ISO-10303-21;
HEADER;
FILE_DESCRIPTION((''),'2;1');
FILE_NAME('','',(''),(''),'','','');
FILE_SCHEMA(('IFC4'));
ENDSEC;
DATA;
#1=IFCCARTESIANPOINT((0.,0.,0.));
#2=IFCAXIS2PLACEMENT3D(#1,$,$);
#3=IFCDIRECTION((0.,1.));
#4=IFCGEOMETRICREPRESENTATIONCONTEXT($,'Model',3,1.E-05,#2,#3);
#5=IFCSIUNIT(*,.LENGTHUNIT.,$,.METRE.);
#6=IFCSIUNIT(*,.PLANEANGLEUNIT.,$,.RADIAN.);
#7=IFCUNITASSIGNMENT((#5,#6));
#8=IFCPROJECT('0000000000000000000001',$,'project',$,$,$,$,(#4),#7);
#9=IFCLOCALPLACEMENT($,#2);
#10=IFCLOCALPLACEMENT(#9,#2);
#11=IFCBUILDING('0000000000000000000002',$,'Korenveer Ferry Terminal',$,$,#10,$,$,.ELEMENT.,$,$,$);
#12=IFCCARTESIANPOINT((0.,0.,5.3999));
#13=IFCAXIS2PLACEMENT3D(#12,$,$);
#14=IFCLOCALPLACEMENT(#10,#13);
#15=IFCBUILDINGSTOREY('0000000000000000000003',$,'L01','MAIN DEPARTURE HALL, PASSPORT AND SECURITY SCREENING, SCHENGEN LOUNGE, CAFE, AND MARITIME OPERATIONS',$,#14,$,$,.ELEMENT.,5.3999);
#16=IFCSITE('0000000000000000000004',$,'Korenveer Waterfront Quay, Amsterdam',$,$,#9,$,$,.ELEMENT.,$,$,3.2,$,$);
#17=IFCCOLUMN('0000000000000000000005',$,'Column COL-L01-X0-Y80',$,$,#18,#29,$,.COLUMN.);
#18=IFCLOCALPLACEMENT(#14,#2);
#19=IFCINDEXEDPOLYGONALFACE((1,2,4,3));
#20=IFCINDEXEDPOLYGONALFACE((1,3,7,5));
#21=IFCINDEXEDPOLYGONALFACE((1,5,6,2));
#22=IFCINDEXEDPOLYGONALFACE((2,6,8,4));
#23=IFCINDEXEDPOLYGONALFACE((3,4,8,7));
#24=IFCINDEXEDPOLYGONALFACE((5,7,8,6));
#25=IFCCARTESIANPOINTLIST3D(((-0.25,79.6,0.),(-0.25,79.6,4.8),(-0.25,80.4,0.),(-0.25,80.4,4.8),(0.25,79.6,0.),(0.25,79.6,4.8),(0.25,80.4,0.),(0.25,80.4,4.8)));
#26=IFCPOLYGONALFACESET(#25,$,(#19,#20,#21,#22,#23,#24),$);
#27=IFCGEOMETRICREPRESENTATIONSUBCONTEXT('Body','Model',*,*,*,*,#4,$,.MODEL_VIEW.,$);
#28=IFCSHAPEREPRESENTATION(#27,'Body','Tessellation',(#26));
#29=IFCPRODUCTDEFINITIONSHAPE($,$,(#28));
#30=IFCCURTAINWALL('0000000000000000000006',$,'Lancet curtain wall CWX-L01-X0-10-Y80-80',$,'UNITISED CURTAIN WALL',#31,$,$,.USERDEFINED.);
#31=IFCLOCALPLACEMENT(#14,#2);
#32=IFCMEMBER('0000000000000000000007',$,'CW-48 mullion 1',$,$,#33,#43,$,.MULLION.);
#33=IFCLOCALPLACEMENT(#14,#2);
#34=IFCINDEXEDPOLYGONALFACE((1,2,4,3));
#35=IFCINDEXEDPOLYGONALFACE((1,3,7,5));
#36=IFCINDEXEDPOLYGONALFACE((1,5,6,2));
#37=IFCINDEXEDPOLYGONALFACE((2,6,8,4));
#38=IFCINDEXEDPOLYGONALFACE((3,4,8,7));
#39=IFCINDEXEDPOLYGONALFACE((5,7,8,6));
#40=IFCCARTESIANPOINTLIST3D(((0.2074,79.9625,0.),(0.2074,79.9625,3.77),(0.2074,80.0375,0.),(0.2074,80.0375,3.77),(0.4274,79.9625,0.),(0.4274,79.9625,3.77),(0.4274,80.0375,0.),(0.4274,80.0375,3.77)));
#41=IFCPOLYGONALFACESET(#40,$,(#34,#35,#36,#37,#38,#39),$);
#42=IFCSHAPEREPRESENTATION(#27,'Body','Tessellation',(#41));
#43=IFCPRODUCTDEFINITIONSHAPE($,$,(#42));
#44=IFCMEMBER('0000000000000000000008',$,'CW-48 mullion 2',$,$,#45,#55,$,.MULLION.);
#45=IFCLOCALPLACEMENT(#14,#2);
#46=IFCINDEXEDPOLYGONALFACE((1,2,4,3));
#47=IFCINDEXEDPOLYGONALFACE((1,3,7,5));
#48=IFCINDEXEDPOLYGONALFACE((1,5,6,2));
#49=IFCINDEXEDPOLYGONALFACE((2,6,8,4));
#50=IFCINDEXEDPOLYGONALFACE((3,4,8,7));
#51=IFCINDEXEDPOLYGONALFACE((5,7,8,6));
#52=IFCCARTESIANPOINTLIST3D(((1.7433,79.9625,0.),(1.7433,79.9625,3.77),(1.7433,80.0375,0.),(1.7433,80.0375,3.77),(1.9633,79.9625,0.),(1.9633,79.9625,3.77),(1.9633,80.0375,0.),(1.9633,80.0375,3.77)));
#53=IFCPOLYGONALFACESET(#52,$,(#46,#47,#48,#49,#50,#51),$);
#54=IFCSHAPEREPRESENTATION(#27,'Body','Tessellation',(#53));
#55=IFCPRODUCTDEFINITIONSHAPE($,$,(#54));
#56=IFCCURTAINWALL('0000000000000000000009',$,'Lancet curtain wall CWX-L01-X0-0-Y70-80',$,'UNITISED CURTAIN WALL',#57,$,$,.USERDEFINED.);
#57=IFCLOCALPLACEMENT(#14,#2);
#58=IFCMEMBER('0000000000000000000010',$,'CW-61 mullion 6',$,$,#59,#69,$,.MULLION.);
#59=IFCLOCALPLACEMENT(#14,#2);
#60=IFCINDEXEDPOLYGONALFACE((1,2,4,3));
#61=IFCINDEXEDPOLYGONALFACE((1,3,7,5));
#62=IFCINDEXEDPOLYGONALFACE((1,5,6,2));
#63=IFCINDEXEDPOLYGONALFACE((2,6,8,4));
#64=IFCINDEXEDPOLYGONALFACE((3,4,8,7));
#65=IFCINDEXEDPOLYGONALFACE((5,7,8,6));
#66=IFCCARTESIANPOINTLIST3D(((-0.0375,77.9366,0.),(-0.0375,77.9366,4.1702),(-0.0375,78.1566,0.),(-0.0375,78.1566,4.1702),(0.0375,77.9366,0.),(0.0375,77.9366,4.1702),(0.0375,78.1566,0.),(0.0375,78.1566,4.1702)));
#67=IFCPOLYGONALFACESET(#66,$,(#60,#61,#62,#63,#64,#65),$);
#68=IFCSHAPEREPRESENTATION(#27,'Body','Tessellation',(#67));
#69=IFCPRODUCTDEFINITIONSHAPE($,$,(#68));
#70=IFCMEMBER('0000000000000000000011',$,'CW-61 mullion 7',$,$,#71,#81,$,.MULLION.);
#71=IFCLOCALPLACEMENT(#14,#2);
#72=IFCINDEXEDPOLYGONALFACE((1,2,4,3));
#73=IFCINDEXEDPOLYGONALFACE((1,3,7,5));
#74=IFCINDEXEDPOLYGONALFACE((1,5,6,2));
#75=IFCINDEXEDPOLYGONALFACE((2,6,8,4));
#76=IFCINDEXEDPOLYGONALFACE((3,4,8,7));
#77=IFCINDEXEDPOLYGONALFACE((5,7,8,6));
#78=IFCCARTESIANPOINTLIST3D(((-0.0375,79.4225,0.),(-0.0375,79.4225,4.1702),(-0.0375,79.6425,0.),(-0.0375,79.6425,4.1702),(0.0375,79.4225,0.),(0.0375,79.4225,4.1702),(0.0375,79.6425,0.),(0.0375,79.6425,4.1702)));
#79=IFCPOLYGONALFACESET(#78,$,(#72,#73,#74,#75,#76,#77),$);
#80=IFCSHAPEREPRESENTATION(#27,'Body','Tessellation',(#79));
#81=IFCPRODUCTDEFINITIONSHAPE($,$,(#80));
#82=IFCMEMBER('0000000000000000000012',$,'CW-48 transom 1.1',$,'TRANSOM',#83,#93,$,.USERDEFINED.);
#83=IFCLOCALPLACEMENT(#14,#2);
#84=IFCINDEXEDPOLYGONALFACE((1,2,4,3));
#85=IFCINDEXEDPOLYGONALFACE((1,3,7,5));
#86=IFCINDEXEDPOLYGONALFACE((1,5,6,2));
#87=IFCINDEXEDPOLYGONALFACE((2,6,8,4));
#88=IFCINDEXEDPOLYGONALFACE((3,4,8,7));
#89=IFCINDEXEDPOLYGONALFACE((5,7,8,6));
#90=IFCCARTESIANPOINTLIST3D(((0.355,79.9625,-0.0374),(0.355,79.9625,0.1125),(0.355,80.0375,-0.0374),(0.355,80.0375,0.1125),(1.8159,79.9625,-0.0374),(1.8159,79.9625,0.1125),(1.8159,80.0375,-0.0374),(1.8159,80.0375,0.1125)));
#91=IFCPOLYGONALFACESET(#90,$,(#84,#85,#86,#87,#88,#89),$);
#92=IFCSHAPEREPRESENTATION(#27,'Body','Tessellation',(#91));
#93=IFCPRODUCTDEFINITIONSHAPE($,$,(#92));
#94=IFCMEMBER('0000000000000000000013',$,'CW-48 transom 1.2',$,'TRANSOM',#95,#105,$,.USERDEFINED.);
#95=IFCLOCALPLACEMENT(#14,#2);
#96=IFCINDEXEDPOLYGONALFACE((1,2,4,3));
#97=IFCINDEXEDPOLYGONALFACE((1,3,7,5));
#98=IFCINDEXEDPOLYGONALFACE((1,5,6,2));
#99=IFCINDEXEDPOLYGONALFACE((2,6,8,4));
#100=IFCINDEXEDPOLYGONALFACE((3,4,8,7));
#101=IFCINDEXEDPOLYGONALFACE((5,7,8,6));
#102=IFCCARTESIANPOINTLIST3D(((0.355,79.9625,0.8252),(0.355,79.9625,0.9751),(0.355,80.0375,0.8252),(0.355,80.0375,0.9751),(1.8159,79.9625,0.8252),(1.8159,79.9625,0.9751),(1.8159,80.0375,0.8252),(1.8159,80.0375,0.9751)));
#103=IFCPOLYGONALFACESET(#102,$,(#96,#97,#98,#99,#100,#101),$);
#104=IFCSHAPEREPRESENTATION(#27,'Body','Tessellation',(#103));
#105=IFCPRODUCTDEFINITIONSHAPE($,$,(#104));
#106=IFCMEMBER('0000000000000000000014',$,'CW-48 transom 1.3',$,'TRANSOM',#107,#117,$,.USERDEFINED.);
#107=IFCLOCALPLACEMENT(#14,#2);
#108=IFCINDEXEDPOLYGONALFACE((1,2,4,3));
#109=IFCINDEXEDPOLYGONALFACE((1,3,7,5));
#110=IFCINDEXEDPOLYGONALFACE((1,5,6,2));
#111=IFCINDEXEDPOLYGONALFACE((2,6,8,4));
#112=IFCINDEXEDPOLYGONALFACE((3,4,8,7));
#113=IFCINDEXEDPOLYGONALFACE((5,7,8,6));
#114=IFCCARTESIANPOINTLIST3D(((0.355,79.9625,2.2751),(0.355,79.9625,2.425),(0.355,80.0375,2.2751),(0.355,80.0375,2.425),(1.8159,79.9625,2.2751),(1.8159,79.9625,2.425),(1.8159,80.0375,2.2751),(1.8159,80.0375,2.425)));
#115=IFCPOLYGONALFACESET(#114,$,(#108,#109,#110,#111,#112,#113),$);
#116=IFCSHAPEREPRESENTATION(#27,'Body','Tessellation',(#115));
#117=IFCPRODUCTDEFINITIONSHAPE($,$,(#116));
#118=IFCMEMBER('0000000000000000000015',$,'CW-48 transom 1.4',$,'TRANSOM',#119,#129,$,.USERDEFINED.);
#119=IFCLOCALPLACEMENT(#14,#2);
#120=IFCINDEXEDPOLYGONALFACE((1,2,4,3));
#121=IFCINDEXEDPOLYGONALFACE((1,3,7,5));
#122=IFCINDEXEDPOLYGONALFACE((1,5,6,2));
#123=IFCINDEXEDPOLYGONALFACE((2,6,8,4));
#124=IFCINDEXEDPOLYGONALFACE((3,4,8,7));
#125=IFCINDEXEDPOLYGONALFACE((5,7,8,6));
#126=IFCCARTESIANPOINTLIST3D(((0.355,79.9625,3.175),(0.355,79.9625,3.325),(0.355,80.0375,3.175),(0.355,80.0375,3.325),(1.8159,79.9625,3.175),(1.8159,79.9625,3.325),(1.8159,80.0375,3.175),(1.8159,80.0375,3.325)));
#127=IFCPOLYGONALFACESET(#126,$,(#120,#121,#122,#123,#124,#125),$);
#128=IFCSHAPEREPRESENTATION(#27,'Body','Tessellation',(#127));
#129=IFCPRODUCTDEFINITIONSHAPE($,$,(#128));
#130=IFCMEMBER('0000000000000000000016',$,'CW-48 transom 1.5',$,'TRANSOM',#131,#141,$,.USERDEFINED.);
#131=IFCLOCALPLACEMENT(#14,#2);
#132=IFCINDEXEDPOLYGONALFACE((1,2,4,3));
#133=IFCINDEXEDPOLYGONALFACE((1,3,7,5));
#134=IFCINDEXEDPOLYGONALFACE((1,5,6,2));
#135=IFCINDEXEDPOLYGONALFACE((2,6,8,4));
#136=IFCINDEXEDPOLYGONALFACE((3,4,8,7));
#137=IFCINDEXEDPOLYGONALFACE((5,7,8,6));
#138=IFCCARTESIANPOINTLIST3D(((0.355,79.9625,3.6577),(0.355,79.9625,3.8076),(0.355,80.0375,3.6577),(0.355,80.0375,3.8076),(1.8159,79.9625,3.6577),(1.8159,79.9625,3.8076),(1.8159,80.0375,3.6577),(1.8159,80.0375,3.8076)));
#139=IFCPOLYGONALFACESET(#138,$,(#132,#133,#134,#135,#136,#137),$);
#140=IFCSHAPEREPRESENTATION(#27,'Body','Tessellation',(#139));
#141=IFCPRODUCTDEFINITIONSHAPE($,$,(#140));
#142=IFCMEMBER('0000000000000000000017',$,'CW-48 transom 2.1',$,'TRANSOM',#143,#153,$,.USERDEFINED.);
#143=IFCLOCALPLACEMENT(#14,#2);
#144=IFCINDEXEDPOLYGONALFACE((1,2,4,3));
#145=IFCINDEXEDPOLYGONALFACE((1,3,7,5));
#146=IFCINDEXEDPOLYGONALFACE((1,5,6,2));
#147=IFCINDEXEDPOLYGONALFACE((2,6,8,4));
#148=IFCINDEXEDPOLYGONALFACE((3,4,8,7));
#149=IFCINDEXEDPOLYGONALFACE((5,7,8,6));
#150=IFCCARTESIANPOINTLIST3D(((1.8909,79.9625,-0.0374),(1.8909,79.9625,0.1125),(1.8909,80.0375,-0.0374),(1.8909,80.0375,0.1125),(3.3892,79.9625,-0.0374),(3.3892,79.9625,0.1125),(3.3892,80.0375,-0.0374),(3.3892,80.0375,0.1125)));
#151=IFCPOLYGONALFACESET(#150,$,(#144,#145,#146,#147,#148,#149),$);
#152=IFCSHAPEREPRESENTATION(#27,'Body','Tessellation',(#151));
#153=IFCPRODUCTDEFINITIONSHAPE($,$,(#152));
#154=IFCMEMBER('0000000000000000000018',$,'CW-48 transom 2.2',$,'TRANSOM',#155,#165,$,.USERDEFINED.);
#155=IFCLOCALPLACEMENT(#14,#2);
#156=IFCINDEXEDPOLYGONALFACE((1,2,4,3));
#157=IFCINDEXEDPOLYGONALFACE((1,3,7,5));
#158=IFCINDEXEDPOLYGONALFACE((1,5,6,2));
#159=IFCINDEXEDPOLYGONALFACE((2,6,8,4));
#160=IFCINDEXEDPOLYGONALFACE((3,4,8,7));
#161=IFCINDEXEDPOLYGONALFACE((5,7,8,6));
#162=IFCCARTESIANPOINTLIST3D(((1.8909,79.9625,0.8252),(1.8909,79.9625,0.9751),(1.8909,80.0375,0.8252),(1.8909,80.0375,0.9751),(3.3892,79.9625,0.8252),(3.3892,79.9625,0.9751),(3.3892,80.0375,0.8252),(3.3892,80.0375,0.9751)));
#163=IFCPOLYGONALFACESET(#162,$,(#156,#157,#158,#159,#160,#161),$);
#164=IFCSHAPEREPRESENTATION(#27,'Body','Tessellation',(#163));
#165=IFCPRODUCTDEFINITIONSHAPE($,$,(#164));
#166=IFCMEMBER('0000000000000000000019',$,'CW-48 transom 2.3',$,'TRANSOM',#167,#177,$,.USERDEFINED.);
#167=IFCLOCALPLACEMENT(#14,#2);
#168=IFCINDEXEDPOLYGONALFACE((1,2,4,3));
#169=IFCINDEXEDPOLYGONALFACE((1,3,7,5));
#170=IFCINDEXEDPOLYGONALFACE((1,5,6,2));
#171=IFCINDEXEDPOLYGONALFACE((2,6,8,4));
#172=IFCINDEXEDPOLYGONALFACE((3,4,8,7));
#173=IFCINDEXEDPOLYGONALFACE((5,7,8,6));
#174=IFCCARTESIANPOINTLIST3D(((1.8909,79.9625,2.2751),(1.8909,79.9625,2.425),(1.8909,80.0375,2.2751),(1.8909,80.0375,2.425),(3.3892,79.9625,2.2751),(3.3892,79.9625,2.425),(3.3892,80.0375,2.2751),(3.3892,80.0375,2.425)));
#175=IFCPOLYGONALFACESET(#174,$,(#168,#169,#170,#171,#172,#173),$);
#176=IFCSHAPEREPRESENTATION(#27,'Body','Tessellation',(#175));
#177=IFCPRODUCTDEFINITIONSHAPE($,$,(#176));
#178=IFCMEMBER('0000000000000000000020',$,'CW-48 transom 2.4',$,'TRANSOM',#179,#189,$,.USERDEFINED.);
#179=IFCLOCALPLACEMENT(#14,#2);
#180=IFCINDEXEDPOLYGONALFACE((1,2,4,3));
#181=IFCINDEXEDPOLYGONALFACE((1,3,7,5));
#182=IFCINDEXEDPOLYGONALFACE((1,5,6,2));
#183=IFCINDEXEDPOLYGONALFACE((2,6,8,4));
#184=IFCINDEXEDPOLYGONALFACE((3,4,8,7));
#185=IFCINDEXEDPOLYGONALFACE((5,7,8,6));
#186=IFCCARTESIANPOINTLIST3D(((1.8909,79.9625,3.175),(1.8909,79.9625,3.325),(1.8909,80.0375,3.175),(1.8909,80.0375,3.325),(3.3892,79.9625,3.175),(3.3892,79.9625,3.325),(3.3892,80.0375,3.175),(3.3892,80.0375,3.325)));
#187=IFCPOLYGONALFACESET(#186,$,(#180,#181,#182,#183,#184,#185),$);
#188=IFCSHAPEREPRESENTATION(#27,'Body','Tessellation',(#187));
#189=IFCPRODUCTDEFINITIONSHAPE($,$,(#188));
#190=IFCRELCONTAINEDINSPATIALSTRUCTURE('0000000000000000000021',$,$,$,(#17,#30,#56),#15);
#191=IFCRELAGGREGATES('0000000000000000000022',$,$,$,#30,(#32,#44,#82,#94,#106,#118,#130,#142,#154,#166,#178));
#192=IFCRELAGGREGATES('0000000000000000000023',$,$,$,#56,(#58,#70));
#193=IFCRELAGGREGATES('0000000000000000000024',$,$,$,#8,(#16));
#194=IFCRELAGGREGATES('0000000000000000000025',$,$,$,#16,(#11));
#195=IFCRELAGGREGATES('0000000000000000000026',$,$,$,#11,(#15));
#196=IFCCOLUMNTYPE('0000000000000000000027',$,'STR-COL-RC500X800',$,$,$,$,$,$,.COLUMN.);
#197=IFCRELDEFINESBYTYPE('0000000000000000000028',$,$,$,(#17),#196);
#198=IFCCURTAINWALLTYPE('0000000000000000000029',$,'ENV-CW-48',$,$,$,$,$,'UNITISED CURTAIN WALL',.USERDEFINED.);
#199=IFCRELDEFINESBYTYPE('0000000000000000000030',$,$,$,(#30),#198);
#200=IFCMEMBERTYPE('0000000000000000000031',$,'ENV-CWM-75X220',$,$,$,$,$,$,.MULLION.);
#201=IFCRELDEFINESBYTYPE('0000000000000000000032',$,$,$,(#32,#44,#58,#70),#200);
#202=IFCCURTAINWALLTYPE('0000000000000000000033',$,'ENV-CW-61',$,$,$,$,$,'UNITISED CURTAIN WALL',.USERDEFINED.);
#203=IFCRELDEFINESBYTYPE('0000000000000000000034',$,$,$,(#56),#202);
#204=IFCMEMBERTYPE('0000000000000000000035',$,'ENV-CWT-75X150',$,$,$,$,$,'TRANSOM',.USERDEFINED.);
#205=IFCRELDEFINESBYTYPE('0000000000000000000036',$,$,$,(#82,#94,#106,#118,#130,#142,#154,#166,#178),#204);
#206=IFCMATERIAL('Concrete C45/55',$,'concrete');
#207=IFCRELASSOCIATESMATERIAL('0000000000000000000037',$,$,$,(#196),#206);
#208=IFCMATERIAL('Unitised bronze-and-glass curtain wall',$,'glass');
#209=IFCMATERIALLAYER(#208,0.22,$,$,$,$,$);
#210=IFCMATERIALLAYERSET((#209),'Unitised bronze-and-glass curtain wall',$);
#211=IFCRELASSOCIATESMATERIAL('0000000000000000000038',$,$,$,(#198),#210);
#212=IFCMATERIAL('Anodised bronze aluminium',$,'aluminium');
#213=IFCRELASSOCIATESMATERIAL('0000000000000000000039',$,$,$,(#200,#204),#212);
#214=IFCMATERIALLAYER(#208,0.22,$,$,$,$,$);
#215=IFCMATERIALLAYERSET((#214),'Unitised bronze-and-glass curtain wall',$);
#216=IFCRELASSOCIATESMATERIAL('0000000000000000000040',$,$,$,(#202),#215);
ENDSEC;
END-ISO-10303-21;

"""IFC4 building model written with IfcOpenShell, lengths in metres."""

from ifc_helpers import new_model, si_unit, direction, frame, origin, origin_2d, place, context, subcontext, project, spatial, rectangle, extrude, material, layer, layer_set, material_profile, profile_set, type_object, element, aggregate, save


model = new_model("IFC4")

# Units and contexts
model_context = context("Model", 3, precision=1e-05, world=origin(), true_north=direction((0.0, 1.0)))
body_context = subcontext(model_context, "Body", "Model", "MODEL_VIEW")
ifc_project = project(units=[si_unit("LENGTHUNIT", "METRE"), si_unit("PLANEANGLEUNIT", "RADIAN")], contexts=[model_context])

# Site, building, storey
site_placement = place(None, origin())
site = spatial("IfcSite", under=ifc_project, at=site_placement, Name="Korenveer Waterfront Quay, Amsterdam", CompositionType="ELEMENT", RefElevation=3.2)
building_placement = place(site_placement, origin())
building = spatial("IfcBuilding", under=site, at=building_placement, Name="Korenveer Ferry Terminal", CompositionType="ELEMENT")
storey_placement = place(building_placement, frame((0.0, 0.0, 5.3999)))
storey = spatial("IfcBuildingStorey", under=building, at=storey_placement, Name="L01", Description="MAIN DEPARTURE HALL, PASSPORT AND SECURITY SCREENING, SCHENGEN LOUNGE, CAFE, AND MARITIME OPERATIONS", CompositionType="ELEMENT", Elevation=5.3999)

# Column
ifc_material_1 = material(Name="Concrete C45/55", Category="concrete")
ifc_material_profile_1 = material_profile(ifc_material_1, rectangle(XDim=0.5, YDim=0.8, at=origin_2d()), Name="RC 500x800")
ifc_profile_set_1 = profile_set([ifc_material_profile_1], Name="Concrete C45/55")
column_type = type_object("IfcColumnType", Name="STR-COL-RC500X800", PredefinedType="COLUMN", material=ifc_profile_set_1)
column_placement = place(storey_placement, frame((0.0, 80.0, 0.0), z_axis=(0.0, 0.0, 1.0), x_axis=(1.0, 0.0, 0.0)))
element("IfcColumn", 1, at=column_placement, inside=storey, type_object=column_type, Name="Column COL-L01-X0-Y80", PredefinedType="COLUMN", context=body_context, shape_type="SweptSolid", body=[
    extrude(rectangle(XDim=0.5, YDim=0.8, at=origin_2d()), origin(), (0.0, 0.0, 1.0), 4.8),
])

# Curtain walls, members
ifc_material_2 = material(Name="Unitised bronze-and-glass curtain wall", Category="glass")
ifc_layer_1 = layer(ifc_material_2, 0.22)
ifc_layer_set_1 = layer_set([ifc_layer_1], Name="Unitised bronze-and-glass curtain wall")
curtain_wall_type_1 = type_object("IfcCurtainWallType", Name="ENV-CW-48", ElementType="UNITISED CURTAIN WALL", PredefinedType="USERDEFINED", material=ifc_layer_set_1)
curtain_wall_1_placement = place(storey_placement, frame((0.28, 80.0, 0.0)))
curtain_wall_1 = element("IfcCurtainWall", 2, at=curtain_wall_1_placement, inside=storey, type_object=curtain_wall_type_1, Name="Lancet curtain wall CWX-L01-X0-10-Y80-80", ObjectType="UNITISED CURTAIN WALL", PredefinedType="USERDEFINED")
ifc_material_3 = material(Name="Anodised bronze aluminium", Category="aluminium")
ifc_material_profile_2 = material_profile(ifc_material_3, rectangle(XDim=0.075, YDim=0.22, at=origin_2d()), Name="ALU 75x220")
ifc_profile_set_2 = profile_set([ifc_material_profile_2], Name="Anodised bronze aluminium")
member_type_1 = type_object("IfcMemberType", Name="ENV-CWM-75X220", PredefinedType="MULLION", material=ifc_profile_set_2)
member_1_placement = place(storey_placement, frame((0.3174, 80.0, 0.0), z_axis=(0.0, 0.0, 1.0), x_axis=(0.0, 1.0, 0.0)))
member_1 = element("IfcMember", 3, at=member_1_placement, type_object=member_type_1, Name="CW-48 mullion 1", PredefinedType="MULLION", context=body_context, shape_type="SweptSolid", body=[
    extrude(rectangle(XDim=0.075, YDim=0.22, at=origin_2d()), origin(), (0.0, 0.0, 1.0), 3.77),
])
member_2_placement = place(storey_placement, frame((1.8533, 80.0, 0.0), z_axis=(0.0, 0.0, 1.0), x_axis=(0.0, 1.0, 0.0)))
member_2 = element("IfcMember", 4, at=member_2_placement, type_object=member_type_1, Name="CW-48 mullion 2", PredefinedType="MULLION", context=body_context, shape_type="SweptSolid", body=[
    extrude(rectangle(XDim=0.075, YDim=0.22, at=origin_2d()), origin(), (0.0, 0.0, 1.0), 3.77),
])
ifc_layer_2 = layer(ifc_material_2, 0.22)
ifc_layer_set_2 = layer_set([ifc_layer_2], Name="Unitised bronze-and-glass curtain wall")
curtain_wall_type_2 = type_object("IfcCurtainWallType", Name="ENV-CW-61", ElementType="UNITISED CURTAIN WALL", PredefinedType="USERDEFINED", material=ifc_layer_set_2)
curtain_wall_2_placement = place(storey_placement, frame((0.0, 70.4299, 0.0)))
curtain_wall_2 = element("IfcCurtainWall", 5, at=curtain_wall_2_placement, inside=storey, type_object=curtain_wall_type_2, Name="Lancet curtain wall CWX-L01-X0-0-Y70-80", ObjectType="UNITISED CURTAIN WALL", PredefinedType="USERDEFINED")
member_3_placement = place(storey_placement, frame((0.0, 78.0466, 0.0), z_axis=(0.0, 0.0, 1.0), x_axis=(-1.0, 0.0, 0.0)))
member_3 = element("IfcMember", 6, at=member_3_placement, type_object=member_type_1, Name="CW-61 mullion 6", PredefinedType="MULLION", context=body_context, shape_type="SweptSolid", body=[
    extrude(rectangle(XDim=0.075, YDim=0.22, at=origin_2d()), origin(), (0.0, 0.0, 1.0), 4.1702),
])
member_4_placement = place(storey_placement, frame((0.0, 79.5325, 0.0), z_axis=(0.0, 0.0, 1.0), x_axis=(-1.0, 0.0, 0.0)))
member_4 = element("IfcMember", 7, at=member_4_placement, type_object=member_type_1, Name="CW-61 mullion 7", PredefinedType="MULLION", context=body_context, shape_type="SweptSolid", body=[
    extrude(rectangle(XDim=0.075, YDim=0.22, at=origin_2d()), origin(), (0.0, 0.0, 1.0), 4.1702),
])

# Members
ifc_material_profile_3 = material_profile(ifc_material_3, rectangle(XDim=0.075, YDim=0.1499, at=origin_2d()), Name="ALU 75x150")
ifc_profile_set_3 = profile_set([ifc_material_profile_3], Name="Anodised bronze aluminium")
member_type_2 = type_object("IfcMemberType", Name="ENV-CWT-75X150", ElementType="TRANSOM", PredefinedType="USERDEFINED", material=ifc_profile_set_3)
member_5_placement = place(storey_placement, frame((0.355, 80.0, 0.0376), z_axis=(1.0, 0.0, 0.0), x_axis=(0.0, 1.0, 0.0)))
member_5 = element("IfcMember", 8, at=member_5_placement, type_object=member_type_2, Name="CW-48 transom 1.1", ObjectType="TRANSOM", PredefinedType="USERDEFINED", context=body_context, shape_type="SweptSolid", body=[
    extrude(rectangle(XDim=0.075, YDim=0.1499, at=origin_2d()), origin(), (0.0, 0.0, 1.0), 1.4609),
])
member_6_placement = place(storey_placement, frame((0.355, 80.0, 0.9001), z_axis=(1.0, 0.0, 0.0), x_axis=(0.0, 1.0, 0.0)))
member_6 = element("IfcMember", 9, at=member_6_placement, type_object=member_type_2, Name="CW-48 transom 1.2", ObjectType="TRANSOM", PredefinedType="USERDEFINED", context=body_context, shape_type="SweptSolid", body=[
    extrude(rectangle(XDim=0.075, YDim=0.1499, at=origin_2d()), origin(), (0.0, 0.0, 1.0), 1.4609),
])
member_7_placement = place(storey_placement, frame((0.355, 80.0, 2.3501), z_axis=(1.0, 0.0, 0.0), x_axis=(0.0, 1.0, 0.0)))
member_7 = element("IfcMember", 10, at=member_7_placement, type_object=member_type_2, Name="CW-48 transom 1.3", ObjectType="TRANSOM", PredefinedType="USERDEFINED", context=body_context, shape_type="SweptSolid", body=[
    extrude(rectangle(XDim=0.075, YDim=0.1499, at=origin_2d()), origin(), (0.0, 0.0, 1.0), 1.4609),
])
member_8_placement = place(storey_placement, frame((0.355, 80.0, 3.25), z_axis=(1.0, 0.0, 0.0), x_axis=(0.0, 1.0, 0.0)))
member_8 = element("IfcMember", 11, at=member_8_placement, type_object=member_type_2, Name="CW-48 transom 1.4", ObjectType="TRANSOM", PredefinedType="USERDEFINED", context=body_context, shape_type="SweptSolid", body=[
    extrude(rectangle(XDim=0.075, YDim=0.1499, at=origin_2d()), origin(), (0.0, 0.0, 1.0), 1.4609),
])
member_9_placement = place(storey_placement, frame((0.355, 80.0, 3.7327), z_axis=(1.0, 0.0, 0.0), x_axis=(0.0, 1.0, 0.0)))
member_9 = element("IfcMember", 12, at=member_9_placement, type_object=member_type_2, Name="CW-48 transom 1.5", ObjectType="TRANSOM", PredefinedType="USERDEFINED", context=body_context, shape_type="SweptSolid", body=[
    extrude(rectangle(XDim=0.075, YDim=0.1499, at=origin_2d()), origin(), (0.0, 0.0, 1.0), 1.4609),
])
member_10_placement = place(storey_placement, frame((1.8909, 80.0, 0.0376), z_axis=(1.0, 0.0, 0.0), x_axis=(0.0, 1.0, 0.0)))
member_10 = element("IfcMember", 13, at=member_10_placement, type_object=member_type_2, Name="CW-48 transom 2.1", ObjectType="TRANSOM", PredefinedType="USERDEFINED", context=body_context, shape_type="SweptSolid", body=[
    extrude(rectangle(XDim=0.075, YDim=0.1499, at=origin_2d()), origin(), (0.0, 0.0, 1.0), 1.4983),
])
member_11_placement = place(storey_placement, frame((1.8909, 80.0, 0.9001), z_axis=(1.0, 0.0, 0.0), x_axis=(0.0, 1.0, 0.0)))
member_11 = element("IfcMember", 14, at=member_11_placement, type_object=member_type_2, Name="CW-48 transom 2.2", ObjectType="TRANSOM", PredefinedType="USERDEFINED", context=body_context, shape_type="SweptSolid", body=[
    extrude(rectangle(XDim=0.075, YDim=0.1499, at=origin_2d()), origin(), (0.0, 0.0, 1.0), 1.4983),
])
member_12_placement = place(storey_placement, frame((1.8909, 80.0, 2.3501), z_axis=(1.0, 0.0, 0.0), x_axis=(0.0, 1.0, 0.0)))
member_12 = element("IfcMember", 15, at=member_12_placement, type_object=member_type_2, Name="CW-48 transom 2.3", ObjectType="TRANSOM", PredefinedType="USERDEFINED", context=body_context, shape_type="SweptSolid", body=[
    extrude(rectangle(XDim=0.075, YDim=0.1499, at=origin_2d()), origin(), (0.0, 0.0, 1.0), 1.4983),
])
member_13_placement = place(storey_placement, frame((1.8909, 80.0, 3.25), z_axis=(1.0, 0.0, 0.0), x_axis=(0.0, 1.0, 0.0)))
member_13 = element("IfcMember", 16, at=member_13_placement, type_object=member_type_2, Name="CW-48 transom 2.4", ObjectType="TRANSOM", PredefinedType="USERDEFINED", context=body_context, shape_type="SweptSolid", body=[
    extrude(rectangle(XDim=0.075, YDim=0.1499, at=origin_2d()), origin(), (0.0, 0.0, 1.0), 1.4983),
])

aggregate(curtain_wall_1, [member_1, member_2, member_5, member_6, member_7, member_8, member_9, member_10, member_11, member_12, member_13])
aggregate(curtain_wall_2, [member_3, member_4])

save(model, "model.ifc")
